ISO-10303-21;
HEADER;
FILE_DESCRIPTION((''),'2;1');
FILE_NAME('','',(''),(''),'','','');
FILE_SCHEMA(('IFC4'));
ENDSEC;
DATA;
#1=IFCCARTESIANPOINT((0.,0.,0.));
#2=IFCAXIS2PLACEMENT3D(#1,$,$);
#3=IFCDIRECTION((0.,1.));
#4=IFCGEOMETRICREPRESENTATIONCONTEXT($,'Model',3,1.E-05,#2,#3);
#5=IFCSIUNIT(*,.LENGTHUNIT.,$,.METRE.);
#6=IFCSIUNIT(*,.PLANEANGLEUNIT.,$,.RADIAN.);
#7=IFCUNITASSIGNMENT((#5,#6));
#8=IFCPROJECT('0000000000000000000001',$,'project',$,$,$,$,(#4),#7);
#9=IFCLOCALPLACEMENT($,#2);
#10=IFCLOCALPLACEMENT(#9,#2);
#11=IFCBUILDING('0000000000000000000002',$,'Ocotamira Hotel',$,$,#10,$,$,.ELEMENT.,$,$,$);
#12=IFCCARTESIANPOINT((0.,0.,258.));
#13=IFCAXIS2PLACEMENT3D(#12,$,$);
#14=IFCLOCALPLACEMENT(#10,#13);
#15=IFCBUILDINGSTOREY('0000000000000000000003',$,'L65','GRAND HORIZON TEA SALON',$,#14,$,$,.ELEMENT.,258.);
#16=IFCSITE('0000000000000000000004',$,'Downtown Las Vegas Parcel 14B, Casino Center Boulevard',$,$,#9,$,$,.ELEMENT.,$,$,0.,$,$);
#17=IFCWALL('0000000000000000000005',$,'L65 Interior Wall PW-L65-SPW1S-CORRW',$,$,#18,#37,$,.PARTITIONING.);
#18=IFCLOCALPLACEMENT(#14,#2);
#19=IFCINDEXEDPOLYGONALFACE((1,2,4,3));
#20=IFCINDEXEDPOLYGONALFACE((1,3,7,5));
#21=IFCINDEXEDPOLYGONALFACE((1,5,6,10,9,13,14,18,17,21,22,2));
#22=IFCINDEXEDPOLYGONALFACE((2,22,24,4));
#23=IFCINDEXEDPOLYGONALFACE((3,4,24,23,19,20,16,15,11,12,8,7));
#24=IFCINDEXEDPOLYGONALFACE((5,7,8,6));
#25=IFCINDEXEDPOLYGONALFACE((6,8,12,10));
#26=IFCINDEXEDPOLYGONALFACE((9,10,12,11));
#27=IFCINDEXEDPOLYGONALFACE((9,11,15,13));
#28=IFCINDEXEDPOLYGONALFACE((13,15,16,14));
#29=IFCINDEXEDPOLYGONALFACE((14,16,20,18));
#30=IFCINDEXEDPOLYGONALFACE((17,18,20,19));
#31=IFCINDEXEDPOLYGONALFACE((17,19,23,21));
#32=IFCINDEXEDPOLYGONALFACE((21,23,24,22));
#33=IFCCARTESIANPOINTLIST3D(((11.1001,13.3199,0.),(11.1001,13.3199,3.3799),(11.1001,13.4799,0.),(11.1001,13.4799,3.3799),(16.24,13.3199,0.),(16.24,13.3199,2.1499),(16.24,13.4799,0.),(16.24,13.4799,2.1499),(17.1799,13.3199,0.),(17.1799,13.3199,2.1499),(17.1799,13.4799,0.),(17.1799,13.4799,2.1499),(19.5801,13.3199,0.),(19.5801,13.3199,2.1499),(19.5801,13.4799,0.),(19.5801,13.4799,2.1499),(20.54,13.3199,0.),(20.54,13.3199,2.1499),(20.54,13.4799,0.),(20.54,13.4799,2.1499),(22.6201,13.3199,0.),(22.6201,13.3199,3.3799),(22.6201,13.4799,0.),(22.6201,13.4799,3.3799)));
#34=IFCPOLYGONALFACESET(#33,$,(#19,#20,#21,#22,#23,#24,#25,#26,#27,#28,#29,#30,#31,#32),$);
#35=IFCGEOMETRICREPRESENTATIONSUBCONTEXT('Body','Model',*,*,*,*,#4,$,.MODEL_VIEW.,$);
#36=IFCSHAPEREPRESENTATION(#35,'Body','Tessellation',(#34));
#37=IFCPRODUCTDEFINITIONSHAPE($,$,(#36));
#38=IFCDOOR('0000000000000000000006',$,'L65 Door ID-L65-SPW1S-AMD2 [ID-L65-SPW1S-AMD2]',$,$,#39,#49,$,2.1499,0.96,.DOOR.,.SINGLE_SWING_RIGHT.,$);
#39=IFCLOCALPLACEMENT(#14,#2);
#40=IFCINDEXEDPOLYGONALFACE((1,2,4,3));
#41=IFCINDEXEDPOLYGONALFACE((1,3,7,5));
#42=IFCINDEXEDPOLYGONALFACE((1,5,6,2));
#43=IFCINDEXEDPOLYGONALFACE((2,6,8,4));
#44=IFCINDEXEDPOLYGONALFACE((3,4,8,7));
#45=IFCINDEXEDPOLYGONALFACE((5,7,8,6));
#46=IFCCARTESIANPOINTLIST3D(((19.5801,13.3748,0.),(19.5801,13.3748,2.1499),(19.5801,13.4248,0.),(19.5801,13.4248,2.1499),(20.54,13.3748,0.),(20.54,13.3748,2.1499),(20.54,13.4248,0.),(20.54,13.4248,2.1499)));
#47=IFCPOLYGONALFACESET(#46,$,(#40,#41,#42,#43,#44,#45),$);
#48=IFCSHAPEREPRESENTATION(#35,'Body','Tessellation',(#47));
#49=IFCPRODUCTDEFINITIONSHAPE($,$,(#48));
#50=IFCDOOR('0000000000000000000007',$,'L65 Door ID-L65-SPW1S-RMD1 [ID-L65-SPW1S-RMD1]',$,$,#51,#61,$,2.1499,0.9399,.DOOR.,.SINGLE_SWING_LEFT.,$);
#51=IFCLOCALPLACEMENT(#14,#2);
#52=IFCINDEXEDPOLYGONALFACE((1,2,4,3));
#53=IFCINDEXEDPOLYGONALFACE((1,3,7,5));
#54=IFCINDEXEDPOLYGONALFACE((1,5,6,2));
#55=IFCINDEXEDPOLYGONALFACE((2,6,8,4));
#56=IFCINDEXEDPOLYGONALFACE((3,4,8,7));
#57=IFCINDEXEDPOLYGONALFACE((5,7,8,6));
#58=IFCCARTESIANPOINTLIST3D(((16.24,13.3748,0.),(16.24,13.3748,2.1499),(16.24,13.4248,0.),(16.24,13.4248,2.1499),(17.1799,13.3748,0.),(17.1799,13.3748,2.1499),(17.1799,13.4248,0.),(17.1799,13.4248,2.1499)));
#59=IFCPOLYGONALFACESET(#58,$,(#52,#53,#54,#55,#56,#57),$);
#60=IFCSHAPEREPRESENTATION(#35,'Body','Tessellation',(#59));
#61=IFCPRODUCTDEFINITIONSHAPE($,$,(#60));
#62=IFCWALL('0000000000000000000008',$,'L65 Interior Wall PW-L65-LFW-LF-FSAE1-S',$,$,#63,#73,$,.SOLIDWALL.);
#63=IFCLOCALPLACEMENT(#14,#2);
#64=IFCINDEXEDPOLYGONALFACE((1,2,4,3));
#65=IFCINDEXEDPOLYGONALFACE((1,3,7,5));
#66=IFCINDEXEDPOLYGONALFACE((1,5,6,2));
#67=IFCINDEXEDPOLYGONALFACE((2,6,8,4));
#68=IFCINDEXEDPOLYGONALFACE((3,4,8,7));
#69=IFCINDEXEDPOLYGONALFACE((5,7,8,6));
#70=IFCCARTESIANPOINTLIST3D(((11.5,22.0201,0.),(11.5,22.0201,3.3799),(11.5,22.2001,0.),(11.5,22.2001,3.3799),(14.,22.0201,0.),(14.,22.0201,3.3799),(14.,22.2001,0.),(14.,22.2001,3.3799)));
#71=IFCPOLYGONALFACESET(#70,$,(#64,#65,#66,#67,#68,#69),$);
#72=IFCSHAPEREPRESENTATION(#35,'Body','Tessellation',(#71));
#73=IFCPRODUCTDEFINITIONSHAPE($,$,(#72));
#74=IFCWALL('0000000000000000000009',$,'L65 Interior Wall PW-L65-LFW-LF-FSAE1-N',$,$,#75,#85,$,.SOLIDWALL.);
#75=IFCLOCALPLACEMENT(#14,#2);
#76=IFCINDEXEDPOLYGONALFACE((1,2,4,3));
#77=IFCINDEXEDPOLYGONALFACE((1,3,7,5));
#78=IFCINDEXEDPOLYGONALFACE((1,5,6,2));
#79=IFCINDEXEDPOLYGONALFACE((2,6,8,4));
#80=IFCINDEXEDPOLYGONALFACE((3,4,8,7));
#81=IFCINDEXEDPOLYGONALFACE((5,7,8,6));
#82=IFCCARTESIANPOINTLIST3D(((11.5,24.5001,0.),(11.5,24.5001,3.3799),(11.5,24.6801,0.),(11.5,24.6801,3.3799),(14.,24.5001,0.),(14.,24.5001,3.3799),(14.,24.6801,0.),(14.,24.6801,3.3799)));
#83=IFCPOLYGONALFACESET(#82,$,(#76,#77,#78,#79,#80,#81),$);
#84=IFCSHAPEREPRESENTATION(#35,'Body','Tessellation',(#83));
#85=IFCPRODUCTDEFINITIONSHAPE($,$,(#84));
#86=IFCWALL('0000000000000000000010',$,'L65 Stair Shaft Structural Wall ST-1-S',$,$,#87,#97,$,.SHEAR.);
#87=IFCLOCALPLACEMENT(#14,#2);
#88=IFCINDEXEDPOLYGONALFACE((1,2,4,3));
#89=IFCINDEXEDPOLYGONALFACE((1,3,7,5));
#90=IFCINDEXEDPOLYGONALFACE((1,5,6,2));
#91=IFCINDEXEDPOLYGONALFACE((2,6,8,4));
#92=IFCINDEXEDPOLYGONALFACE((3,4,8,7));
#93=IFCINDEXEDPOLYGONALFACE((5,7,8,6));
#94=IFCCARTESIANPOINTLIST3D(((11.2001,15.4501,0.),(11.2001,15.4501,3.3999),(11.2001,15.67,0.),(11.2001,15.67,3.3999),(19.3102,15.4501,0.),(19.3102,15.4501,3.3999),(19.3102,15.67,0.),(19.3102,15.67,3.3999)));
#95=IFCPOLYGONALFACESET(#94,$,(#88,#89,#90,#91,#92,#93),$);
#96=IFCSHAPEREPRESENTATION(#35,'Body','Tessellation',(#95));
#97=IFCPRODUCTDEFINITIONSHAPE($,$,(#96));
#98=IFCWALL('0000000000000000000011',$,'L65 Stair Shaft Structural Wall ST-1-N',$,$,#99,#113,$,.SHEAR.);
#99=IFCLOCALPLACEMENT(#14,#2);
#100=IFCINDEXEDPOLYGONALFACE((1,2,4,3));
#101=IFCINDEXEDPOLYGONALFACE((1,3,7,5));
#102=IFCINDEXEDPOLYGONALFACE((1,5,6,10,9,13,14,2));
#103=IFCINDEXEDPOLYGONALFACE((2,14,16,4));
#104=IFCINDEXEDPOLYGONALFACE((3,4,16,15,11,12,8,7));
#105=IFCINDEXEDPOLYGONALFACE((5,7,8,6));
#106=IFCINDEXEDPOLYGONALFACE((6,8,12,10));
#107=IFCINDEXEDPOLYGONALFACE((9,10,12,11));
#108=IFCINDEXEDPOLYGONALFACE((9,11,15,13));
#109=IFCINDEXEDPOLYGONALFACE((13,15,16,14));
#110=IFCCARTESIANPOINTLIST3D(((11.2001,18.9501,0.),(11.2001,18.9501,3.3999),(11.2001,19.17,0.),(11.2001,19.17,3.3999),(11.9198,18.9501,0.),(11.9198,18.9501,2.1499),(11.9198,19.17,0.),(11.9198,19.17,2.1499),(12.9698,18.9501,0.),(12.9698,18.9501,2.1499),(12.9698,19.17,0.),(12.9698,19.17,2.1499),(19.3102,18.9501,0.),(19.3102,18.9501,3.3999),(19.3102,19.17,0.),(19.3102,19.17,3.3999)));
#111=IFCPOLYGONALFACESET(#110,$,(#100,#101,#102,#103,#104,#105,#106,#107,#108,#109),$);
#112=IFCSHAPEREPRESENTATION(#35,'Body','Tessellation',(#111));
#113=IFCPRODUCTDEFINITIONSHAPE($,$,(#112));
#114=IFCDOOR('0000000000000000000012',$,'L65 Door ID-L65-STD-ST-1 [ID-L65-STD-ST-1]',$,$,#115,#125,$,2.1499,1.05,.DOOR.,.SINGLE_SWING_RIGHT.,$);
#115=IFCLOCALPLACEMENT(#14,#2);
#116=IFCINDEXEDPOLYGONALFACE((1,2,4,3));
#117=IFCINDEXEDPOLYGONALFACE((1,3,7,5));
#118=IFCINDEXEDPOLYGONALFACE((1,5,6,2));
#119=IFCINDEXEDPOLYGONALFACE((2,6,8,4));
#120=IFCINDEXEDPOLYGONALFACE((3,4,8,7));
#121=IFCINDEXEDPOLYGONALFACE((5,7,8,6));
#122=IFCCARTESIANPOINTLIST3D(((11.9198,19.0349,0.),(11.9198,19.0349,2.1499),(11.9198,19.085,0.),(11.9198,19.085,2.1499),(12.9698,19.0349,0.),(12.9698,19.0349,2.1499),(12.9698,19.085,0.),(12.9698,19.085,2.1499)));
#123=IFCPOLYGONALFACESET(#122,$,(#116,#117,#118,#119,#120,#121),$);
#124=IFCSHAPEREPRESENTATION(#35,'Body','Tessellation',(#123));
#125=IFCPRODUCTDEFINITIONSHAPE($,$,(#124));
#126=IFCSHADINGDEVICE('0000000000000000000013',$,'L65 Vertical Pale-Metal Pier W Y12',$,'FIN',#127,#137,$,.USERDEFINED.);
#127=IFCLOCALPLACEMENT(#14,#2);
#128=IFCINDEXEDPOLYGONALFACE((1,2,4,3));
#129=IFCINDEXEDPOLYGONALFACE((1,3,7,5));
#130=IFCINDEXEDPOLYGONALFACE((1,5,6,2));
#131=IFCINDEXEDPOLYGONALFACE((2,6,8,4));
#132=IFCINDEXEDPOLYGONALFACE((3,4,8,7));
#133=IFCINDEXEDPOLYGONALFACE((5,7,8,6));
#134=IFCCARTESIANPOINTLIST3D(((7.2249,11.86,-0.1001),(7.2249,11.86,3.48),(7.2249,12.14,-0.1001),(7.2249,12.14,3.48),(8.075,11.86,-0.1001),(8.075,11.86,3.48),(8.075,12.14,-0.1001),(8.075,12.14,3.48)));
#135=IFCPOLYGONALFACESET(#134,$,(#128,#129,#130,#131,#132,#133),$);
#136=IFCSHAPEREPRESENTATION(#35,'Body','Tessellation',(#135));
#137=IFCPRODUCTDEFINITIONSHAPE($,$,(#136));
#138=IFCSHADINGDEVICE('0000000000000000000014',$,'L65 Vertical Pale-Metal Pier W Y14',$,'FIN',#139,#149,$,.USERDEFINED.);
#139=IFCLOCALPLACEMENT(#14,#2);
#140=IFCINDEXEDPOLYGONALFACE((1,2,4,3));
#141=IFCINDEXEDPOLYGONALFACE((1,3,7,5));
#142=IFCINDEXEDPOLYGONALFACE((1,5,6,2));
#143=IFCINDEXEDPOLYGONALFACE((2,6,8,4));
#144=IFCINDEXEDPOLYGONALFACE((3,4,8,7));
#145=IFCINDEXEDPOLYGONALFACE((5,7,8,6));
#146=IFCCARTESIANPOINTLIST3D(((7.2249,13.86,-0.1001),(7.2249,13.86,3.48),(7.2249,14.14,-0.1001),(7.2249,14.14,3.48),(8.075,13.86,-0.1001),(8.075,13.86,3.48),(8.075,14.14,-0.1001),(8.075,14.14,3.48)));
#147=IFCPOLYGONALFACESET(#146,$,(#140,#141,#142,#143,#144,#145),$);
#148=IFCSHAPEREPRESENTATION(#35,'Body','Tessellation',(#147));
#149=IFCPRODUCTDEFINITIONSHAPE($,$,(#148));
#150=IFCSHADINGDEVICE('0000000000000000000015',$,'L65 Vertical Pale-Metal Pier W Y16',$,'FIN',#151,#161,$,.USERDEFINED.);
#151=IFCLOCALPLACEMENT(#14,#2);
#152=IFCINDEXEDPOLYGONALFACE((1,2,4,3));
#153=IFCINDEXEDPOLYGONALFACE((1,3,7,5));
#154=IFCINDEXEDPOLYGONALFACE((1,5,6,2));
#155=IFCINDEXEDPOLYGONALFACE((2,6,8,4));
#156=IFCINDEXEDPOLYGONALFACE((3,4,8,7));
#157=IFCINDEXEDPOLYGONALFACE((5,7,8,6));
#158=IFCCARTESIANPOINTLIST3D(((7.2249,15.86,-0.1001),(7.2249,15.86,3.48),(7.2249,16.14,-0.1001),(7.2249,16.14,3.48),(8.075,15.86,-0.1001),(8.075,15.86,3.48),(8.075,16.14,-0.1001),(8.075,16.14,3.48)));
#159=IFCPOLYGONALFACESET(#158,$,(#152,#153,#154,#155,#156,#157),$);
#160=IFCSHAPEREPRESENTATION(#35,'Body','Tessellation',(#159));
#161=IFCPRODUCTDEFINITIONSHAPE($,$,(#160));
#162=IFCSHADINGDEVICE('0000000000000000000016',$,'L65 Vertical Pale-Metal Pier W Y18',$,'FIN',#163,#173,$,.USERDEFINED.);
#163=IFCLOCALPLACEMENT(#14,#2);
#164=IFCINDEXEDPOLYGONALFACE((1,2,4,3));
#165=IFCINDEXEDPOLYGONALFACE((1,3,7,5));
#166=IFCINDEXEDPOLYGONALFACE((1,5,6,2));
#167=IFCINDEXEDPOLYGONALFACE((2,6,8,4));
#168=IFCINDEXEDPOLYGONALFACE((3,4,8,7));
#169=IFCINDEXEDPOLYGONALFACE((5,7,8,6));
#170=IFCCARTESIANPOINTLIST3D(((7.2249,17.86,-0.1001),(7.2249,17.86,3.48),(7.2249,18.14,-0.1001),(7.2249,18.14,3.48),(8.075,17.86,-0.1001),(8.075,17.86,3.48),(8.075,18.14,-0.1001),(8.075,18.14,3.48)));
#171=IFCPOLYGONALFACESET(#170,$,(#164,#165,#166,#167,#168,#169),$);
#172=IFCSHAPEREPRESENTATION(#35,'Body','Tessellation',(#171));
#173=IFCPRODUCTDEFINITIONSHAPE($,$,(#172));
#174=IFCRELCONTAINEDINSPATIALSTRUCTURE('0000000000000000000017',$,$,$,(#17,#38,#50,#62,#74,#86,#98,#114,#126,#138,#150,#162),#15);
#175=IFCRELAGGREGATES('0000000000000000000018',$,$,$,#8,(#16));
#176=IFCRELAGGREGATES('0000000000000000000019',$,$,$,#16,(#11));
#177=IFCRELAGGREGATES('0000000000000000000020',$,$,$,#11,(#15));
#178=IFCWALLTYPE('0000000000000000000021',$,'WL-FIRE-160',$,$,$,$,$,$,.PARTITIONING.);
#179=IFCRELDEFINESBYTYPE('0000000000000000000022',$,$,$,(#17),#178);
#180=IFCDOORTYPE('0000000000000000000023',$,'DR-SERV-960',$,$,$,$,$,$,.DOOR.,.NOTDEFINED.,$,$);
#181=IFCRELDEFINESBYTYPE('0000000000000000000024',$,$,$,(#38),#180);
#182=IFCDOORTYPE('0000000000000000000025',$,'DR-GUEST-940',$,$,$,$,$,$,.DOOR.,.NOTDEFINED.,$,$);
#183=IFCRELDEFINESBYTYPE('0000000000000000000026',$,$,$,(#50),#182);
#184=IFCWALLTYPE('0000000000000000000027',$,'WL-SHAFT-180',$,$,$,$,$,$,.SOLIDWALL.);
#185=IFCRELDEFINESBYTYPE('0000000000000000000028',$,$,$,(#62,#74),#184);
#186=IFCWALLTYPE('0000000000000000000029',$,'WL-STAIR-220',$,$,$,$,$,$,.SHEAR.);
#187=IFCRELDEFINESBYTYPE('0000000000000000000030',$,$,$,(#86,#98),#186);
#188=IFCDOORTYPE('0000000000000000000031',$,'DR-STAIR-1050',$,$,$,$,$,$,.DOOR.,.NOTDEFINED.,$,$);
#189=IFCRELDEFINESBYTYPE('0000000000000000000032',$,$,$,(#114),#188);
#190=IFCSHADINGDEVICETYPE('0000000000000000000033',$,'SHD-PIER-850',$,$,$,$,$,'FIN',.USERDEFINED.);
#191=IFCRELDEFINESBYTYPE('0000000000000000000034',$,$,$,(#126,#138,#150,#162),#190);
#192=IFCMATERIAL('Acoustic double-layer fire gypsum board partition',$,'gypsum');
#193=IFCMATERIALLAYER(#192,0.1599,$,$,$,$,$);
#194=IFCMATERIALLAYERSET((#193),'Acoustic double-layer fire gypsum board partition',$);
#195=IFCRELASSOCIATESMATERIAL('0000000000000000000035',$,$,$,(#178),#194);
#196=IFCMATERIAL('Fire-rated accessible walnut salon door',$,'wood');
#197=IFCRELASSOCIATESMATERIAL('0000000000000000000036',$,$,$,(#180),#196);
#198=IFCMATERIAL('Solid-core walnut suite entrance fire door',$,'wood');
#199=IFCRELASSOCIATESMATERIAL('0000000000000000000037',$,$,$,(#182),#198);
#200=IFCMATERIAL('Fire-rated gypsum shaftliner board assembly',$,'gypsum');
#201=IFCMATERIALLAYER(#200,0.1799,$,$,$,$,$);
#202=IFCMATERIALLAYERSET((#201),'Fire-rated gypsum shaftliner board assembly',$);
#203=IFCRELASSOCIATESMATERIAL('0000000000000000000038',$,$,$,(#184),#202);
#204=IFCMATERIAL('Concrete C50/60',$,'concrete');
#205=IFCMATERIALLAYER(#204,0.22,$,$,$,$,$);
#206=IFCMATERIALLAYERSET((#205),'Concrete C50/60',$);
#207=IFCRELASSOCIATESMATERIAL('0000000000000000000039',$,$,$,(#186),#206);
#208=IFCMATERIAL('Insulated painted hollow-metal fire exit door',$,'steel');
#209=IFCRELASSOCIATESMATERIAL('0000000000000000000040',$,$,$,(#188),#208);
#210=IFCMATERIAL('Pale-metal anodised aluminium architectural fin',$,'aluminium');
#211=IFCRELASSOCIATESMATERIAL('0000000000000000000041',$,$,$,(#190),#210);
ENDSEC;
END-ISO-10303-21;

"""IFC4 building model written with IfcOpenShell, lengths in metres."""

from ifc_helpers import new_model, si_unit, direction, frame, frame_2d, origin, origin_2d, place, context, subcontext, project, spatial, rectangle, extrude, source, transform, mapped, material, layer, layer_set, type_object, element, fill, save


model = new_model("IFC4")

# Units and contexts
model_context = context("Model", 3, precision=1e-05, world=origin(), true_north=direction((0.0, 1.0)))
body_context = subcontext(model_context, "Body", "Model", "MODEL_VIEW")
ifc_project = project(units=[si_unit("LENGTHUNIT", "METRE"), si_unit("PLANEANGLEUNIT", "RADIAN")], contexts=[model_context])

# Site, building, storey
site_placement = place(None, origin())
site = spatial("IfcSite", under=ifc_project, at=site_placement, Name="Downtown Las Vegas Parcel 14B, Casino Center Boulevard", CompositionType="ELEMENT", RefElevation=0.0)
building_placement = place(site_placement, origin())
building = spatial("IfcBuilding", under=site, at=building_placement, Name="Ocotamira Hotel", CompositionType="ELEMENT")
storey_placement = place(building_placement, frame((0.0, 0.0, 258.0)))
storey = spatial("IfcBuildingStorey", under=building, at=storey_placement, Name="L65", Description="GRAND HORIZON TEA SALON", CompositionType="ELEMENT", Elevation=258.0)

# Shared definitions
ifc_material_1 = material(Name="Concrete C50/60", Category="concrete")

# Wall, openings, doors
ifc_material_2 = material(Name="Acoustic double-layer fire gypsum board partition", Category="gypsum")
ifc_layer_1 = layer(ifc_material_2, 0.1599)
ifc_layer_set_1 = layer_set([ifc_layer_1], Name="Acoustic double-layer fire gypsum board partition")
wall_type_1 = type_object("IfcWallType", Name="WL-FIRE-160", PredefinedType="PARTITIONING", material=ifc_layer_set_1)
wall_1_placement = place(storey_placement, frame((11.1001, 13.3999, 0.0), z_axis=(0.0, 0.0, 1.0), x_axis=(1.0, 0.0, 0.0)))
wall_1 = element("IfcWall", 1, at=wall_1_placement, inside=storey, type_object=wall_type_1, Name="L65 Interior Wall PW-L65-SPW1S-CORRW", PredefinedType="PARTITIONING", context=body_context, shape_type="SweptSolid", body=[
    extrude(rectangle(XDim=11.52, YDim=0.1599, at=frame_2d((5.76, 0.0))), origin(), (0.0, 0.0, 1.0), 3.3799),
])
opening_1_placement = place(wall_1_placement, frame((5.1399, 0.0, 0.0)))
opening_1 = element("IfcOpeningElement", 2, at=opening_1_placement, cuts=wall_1, PredefinedType="OPENING", context=body_context, shape_type="SweptSolid", body=[
    extrude(rectangle(XDim=0.9399, YDim=2.1499, at=frame_2d((0.47, 1.075))), frame((0.0, 0.0898, 0.0), z_axis=(0.0, -1.0, 0.0), x_axis=(1.0, 0.0, 0.0)), (0.0, 0.0, 1.0), 0.1799),
])
opening_2_placement = place(wall_1_placement, frame((8.48, 0.0, 0.0)))
opening_2 = element("IfcOpeningElement", 3, at=opening_2_placement, cuts=wall_1, PredefinedType="OPENING", context=body_context, shape_type="SweptSolid", body=[
    extrude(rectangle(XDim=0.96, YDim=2.1499, at=frame_2d((0.48, 1.075))), frame((0.0, 0.0898, 0.0), z_axis=(0.0, -1.0, 0.0), x_axis=(1.0, 0.0, 0.0)), (0.0, 0.0, 1.0), 0.1799),
])
ifc_material_3 = material(Name="Fire-rated accessible walnut salon door", Category="wood")
door_type_1 = type_object("IfcDoorType", Name="DR-SERV-960", OperationType="NOTDEFINED", PredefinedType="DOOR", material=ifc_material_3)
shared_shape_1 = source(origin(), body_context, "Body", "SweptSolid", [
    extrude(rectangle(XDim=0.96, YDim=2.1499, at=frame_2d((0.48, 1.075))), frame((0.0, 0.0249, 0.0), z_axis=(0.0, -1.0, 0.0), x_axis=(1.0, 0.0, 0.0)), (0.0, 0.0, 1.0), 0.05),
])
door_1_placement = place(opening_2_placement, origin())
door_1 = element("IfcDoor", 4, at=door_1_placement, inside=storey, type_object=door_type_1, Name="L65 Door ID-L65-SPW1S-AMD2 [ID-L65-SPW1S-AMD2]", OperationType="SINGLE_SWING_RIGHT", OverallHeight=2.1499, OverallWidth=0.96, PredefinedType="DOOR", context=body_context, shape_type="MappedRepresentation", body=[
    mapped(shared_shape_1, transform((0.0, 0.0, 0.0), scale=1.0)),
])
fill(opening_2, door_1)
ifc_material_4 = material(Name="Solid-core walnut suite entrance fire door", Category="wood")
door_type_2 = type_object("IfcDoorType", Name="DR-GUEST-940", OperationType="NOTDEFINED", PredefinedType="DOOR", material=ifc_material_4)
shared_shape_2 = source(origin(), body_context, "Body", "SweptSolid", [
    extrude(rectangle(XDim=0.9399, YDim=2.1499, at=frame_2d((0.47, 1.075))), frame((0.0, 0.0249, 0.0), z_axis=(0.0, -1.0, 0.0), x_axis=(1.0, 0.0, 0.0)), (0.0, 0.0, 1.0), 0.05),
])
door_2_placement = place(opening_1_placement, origin())
door_2 = element("IfcDoor", 5, at=door_2_placement, inside=storey, type_object=door_type_2, Name="L65 Door ID-L65-SPW1S-RMD1 [ID-L65-SPW1S-RMD1]", OperationType="SINGLE_SWING_LEFT", OverallHeight=2.1499, OverallWidth=0.9399, PredefinedType="DOOR", context=body_context, shape_type="MappedRepresentation", body=[
    mapped(shared_shape_2, transform((0.0, 0.0, 0.0), scale=1.0)),
])
fill(opening_1, door_2)

# Walls
ifc_material_5 = material(Name="Fire-rated gypsum shaftliner board assembly", Category="gypsum")
ifc_layer_2 = layer(ifc_material_5, 0.1799)
ifc_layer_set_2 = layer_set([ifc_layer_2], Name="Fire-rated gypsum shaftliner board assembly")
wall_type_2 = type_object("IfcWallType", Name="WL-SHAFT-180", PredefinedType="SOLIDWALL", material=ifc_layer_set_2)
for number, where, z_axis, x_axis, name in (
    (6, (11.5, 22.1101, 0.0), (0.0, 0.0, 1.0), (1.0, 0.0, 0.0), "L65 Interior Wall PW-L65-LFW-LF-FSAE1-S"),
    (7, (11.5, 24.5901, 0.0), (0.0, 0.0, 1.0), (1.0, 0.0, 0.0), "L65 Interior Wall PW-L65-LFW-LF-FSAE1-N"),
):
    element("IfcWall", number, at=place(storey_placement, frame(where, z_axis=z_axis, x_axis=x_axis)), inside=storey, type_object=wall_type_2, Name=name, PredefinedType="SOLIDWALL", context=body_context, shape_type="SweptSolid", body=[
        extrude(rectangle(XDim=2.5, YDim=0.1799, at=frame_2d((1.25, 0.0))), origin(), (0.0, 0.0, 1.0), 3.3799),
    ])
ifc_layer_3 = layer(ifc_material_1, 0.22)
ifc_layer_set_3 = layer_set([ifc_layer_3], Name="Concrete C50/60")
wall_type_3 = type_object("IfcWallType", Name="WL-STAIR-220", PredefinedType="SHEAR", material=ifc_layer_set_3)
wall_2_placement = place(storey_placement, frame((11.2, 15.5601, 0.0), z_axis=(0.0, 0.0, 1.0), x_axis=(1.0, 0.0, 0.0)))
element("IfcWall", 8, at=wall_2_placement, inside=storey, type_object=wall_type_3, Name="L65 Stair Shaft Structural Wall ST-1-S", PredefinedType="SHEAR", context=body_context, shape_type="SweptSolid", body=[
    extrude(rectangle(XDim=8.1101, YDim=0.22, at=frame_2d((4.0552, 0.0))), origin(), (0.0, 0.0, 1.0), 3.3999),
])

# Wall, opening, door
wall_3_placement = place(storey_placement, frame((11.2, 19.0601, 0.0), z_axis=(0.0, 0.0, 1.0), x_axis=(1.0, 0.0, 0.0)))
wall_3 = element("IfcWall", 9, at=wall_3_placement, inside=storey, type_object=wall_type_3, Name="L65 Stair Shaft Structural Wall ST-1-N", PredefinedType="SHEAR", context=body_context, shape_type="SweptSolid", body=[
    extrude(rectangle(XDim=8.1101, YDim=0.22, at=frame_2d((4.0552, 0.0))), origin(), (0.0, 0.0, 1.0), 3.3999),
])
opening_3_placement = place(wall_3_placement, frame((0.72, 0.0, 0.0)))
opening_3 = element("IfcOpeningElement", 10, at=opening_3_placement, cuts=wall_3, PredefinedType="OPENING", context=body_context, shape_type="SweptSolid", body=[
    extrude(rectangle(XDim=1.05, YDim=2.1499, at=frame_2d((0.5249, 1.075))), frame((0.0, 0.1201, 0.0), z_axis=(0.0, -1.0, 0.0), x_axis=(1.0, 0.0, 0.0)), (0.0, 0.0, 1.0), 0.24),
])
ifc_material_6 = material(Name="Insulated painted hollow-metal fire exit door", Category="steel")
door_type_3 = type_object("IfcDoorType", Name="DR-STAIR-1050", OperationType="NOTDEFINED", PredefinedType="DOOR", material=ifc_material_6)
shared_shape_3 = source(origin(), body_context, "Body", "SweptSolid", [
    extrude(rectangle(XDim=1.05, YDim=2.1499, at=frame_2d((0.5249, 1.075))), frame((0.0, 0.0249, 0.0), z_axis=(0.0, -1.0, 0.0), x_axis=(1.0, 0.0, 0.0)), (0.0, 0.0, 1.0), 0.05),
])
door_3_placement = place(opening_3_placement, origin())
door_3 = element("IfcDoor", 11, at=door_3_placement, inside=storey, type_object=door_type_3, Name="L65 Door ID-L65-STD-ST-1 [ID-L65-STD-ST-1]", OperationType="SINGLE_SWING_RIGHT", OverallHeight=2.1499, OverallWidth=1.05, PredefinedType="DOOR", context=body_context, shape_type="MappedRepresentation", body=[
    mapped(shared_shape_3, transform((0.0, 0.0, 0.0), scale=1.0)),
])
fill(opening_3, door_3)

# Shading devices
ifc_material_7 = material(Name="Pale-metal anodised aluminium architectural fin", Category="aluminium")
shading_device_type = type_object("IfcShadingDeviceType", Name="SHD-PIER-850", ElementType="FIN", PredefinedType="USERDEFINED", material=ifc_material_7)
shared_shape_4 = source(origin(), body_context, "Body", "SweptSolid", [
    extrude(rectangle(XDim=0.8501, YDim=0.28, at=origin_2d()), origin(), (0.0, 0.0, 1.0), 3.5801),
])
for number, where, z_axis, x_axis, name in (
    (12, (7.6499, 12.0, -0.1001), (0.0, 0.0, 1.0), (1.0, 0.0, 0.0), "L65 Vertical Pale-Metal Pier W Y12"),
    (13, (7.6499, 14.0, -0.1001), (0.0, 0.0, 1.0), (1.0, 0.0, 0.0), "L65 Vertical Pale-Metal Pier W Y14"),
    (14, (7.6499, 16.0, -0.1001), (0.0, 0.0, 1.0), (1.0, 0.0, 0.0), "L65 Vertical Pale-Metal Pier W Y16"),
    (15, (7.6499, 18.0, -0.1001), (0.0, 0.0, 1.0), (1.0, 0.0, 0.0), "L65 Vertical Pale-Metal Pier W Y18"),
):
    element("IfcShadingDevice", number, at=place(storey_placement, frame(where, z_axis=z_axis, x_axis=x_axis)), inside=storey, type_object=shading_device_type, Name=name, ObjectType="FIN", PredefinedType="USERDEFINED", context=body_context, shape_type="MappedRepresentation", body=[
        mapped(shared_shape_4, transform((0.0, 0.0, 0.0), scale=1.0)),
    ])

save(model, "model.ifc")
